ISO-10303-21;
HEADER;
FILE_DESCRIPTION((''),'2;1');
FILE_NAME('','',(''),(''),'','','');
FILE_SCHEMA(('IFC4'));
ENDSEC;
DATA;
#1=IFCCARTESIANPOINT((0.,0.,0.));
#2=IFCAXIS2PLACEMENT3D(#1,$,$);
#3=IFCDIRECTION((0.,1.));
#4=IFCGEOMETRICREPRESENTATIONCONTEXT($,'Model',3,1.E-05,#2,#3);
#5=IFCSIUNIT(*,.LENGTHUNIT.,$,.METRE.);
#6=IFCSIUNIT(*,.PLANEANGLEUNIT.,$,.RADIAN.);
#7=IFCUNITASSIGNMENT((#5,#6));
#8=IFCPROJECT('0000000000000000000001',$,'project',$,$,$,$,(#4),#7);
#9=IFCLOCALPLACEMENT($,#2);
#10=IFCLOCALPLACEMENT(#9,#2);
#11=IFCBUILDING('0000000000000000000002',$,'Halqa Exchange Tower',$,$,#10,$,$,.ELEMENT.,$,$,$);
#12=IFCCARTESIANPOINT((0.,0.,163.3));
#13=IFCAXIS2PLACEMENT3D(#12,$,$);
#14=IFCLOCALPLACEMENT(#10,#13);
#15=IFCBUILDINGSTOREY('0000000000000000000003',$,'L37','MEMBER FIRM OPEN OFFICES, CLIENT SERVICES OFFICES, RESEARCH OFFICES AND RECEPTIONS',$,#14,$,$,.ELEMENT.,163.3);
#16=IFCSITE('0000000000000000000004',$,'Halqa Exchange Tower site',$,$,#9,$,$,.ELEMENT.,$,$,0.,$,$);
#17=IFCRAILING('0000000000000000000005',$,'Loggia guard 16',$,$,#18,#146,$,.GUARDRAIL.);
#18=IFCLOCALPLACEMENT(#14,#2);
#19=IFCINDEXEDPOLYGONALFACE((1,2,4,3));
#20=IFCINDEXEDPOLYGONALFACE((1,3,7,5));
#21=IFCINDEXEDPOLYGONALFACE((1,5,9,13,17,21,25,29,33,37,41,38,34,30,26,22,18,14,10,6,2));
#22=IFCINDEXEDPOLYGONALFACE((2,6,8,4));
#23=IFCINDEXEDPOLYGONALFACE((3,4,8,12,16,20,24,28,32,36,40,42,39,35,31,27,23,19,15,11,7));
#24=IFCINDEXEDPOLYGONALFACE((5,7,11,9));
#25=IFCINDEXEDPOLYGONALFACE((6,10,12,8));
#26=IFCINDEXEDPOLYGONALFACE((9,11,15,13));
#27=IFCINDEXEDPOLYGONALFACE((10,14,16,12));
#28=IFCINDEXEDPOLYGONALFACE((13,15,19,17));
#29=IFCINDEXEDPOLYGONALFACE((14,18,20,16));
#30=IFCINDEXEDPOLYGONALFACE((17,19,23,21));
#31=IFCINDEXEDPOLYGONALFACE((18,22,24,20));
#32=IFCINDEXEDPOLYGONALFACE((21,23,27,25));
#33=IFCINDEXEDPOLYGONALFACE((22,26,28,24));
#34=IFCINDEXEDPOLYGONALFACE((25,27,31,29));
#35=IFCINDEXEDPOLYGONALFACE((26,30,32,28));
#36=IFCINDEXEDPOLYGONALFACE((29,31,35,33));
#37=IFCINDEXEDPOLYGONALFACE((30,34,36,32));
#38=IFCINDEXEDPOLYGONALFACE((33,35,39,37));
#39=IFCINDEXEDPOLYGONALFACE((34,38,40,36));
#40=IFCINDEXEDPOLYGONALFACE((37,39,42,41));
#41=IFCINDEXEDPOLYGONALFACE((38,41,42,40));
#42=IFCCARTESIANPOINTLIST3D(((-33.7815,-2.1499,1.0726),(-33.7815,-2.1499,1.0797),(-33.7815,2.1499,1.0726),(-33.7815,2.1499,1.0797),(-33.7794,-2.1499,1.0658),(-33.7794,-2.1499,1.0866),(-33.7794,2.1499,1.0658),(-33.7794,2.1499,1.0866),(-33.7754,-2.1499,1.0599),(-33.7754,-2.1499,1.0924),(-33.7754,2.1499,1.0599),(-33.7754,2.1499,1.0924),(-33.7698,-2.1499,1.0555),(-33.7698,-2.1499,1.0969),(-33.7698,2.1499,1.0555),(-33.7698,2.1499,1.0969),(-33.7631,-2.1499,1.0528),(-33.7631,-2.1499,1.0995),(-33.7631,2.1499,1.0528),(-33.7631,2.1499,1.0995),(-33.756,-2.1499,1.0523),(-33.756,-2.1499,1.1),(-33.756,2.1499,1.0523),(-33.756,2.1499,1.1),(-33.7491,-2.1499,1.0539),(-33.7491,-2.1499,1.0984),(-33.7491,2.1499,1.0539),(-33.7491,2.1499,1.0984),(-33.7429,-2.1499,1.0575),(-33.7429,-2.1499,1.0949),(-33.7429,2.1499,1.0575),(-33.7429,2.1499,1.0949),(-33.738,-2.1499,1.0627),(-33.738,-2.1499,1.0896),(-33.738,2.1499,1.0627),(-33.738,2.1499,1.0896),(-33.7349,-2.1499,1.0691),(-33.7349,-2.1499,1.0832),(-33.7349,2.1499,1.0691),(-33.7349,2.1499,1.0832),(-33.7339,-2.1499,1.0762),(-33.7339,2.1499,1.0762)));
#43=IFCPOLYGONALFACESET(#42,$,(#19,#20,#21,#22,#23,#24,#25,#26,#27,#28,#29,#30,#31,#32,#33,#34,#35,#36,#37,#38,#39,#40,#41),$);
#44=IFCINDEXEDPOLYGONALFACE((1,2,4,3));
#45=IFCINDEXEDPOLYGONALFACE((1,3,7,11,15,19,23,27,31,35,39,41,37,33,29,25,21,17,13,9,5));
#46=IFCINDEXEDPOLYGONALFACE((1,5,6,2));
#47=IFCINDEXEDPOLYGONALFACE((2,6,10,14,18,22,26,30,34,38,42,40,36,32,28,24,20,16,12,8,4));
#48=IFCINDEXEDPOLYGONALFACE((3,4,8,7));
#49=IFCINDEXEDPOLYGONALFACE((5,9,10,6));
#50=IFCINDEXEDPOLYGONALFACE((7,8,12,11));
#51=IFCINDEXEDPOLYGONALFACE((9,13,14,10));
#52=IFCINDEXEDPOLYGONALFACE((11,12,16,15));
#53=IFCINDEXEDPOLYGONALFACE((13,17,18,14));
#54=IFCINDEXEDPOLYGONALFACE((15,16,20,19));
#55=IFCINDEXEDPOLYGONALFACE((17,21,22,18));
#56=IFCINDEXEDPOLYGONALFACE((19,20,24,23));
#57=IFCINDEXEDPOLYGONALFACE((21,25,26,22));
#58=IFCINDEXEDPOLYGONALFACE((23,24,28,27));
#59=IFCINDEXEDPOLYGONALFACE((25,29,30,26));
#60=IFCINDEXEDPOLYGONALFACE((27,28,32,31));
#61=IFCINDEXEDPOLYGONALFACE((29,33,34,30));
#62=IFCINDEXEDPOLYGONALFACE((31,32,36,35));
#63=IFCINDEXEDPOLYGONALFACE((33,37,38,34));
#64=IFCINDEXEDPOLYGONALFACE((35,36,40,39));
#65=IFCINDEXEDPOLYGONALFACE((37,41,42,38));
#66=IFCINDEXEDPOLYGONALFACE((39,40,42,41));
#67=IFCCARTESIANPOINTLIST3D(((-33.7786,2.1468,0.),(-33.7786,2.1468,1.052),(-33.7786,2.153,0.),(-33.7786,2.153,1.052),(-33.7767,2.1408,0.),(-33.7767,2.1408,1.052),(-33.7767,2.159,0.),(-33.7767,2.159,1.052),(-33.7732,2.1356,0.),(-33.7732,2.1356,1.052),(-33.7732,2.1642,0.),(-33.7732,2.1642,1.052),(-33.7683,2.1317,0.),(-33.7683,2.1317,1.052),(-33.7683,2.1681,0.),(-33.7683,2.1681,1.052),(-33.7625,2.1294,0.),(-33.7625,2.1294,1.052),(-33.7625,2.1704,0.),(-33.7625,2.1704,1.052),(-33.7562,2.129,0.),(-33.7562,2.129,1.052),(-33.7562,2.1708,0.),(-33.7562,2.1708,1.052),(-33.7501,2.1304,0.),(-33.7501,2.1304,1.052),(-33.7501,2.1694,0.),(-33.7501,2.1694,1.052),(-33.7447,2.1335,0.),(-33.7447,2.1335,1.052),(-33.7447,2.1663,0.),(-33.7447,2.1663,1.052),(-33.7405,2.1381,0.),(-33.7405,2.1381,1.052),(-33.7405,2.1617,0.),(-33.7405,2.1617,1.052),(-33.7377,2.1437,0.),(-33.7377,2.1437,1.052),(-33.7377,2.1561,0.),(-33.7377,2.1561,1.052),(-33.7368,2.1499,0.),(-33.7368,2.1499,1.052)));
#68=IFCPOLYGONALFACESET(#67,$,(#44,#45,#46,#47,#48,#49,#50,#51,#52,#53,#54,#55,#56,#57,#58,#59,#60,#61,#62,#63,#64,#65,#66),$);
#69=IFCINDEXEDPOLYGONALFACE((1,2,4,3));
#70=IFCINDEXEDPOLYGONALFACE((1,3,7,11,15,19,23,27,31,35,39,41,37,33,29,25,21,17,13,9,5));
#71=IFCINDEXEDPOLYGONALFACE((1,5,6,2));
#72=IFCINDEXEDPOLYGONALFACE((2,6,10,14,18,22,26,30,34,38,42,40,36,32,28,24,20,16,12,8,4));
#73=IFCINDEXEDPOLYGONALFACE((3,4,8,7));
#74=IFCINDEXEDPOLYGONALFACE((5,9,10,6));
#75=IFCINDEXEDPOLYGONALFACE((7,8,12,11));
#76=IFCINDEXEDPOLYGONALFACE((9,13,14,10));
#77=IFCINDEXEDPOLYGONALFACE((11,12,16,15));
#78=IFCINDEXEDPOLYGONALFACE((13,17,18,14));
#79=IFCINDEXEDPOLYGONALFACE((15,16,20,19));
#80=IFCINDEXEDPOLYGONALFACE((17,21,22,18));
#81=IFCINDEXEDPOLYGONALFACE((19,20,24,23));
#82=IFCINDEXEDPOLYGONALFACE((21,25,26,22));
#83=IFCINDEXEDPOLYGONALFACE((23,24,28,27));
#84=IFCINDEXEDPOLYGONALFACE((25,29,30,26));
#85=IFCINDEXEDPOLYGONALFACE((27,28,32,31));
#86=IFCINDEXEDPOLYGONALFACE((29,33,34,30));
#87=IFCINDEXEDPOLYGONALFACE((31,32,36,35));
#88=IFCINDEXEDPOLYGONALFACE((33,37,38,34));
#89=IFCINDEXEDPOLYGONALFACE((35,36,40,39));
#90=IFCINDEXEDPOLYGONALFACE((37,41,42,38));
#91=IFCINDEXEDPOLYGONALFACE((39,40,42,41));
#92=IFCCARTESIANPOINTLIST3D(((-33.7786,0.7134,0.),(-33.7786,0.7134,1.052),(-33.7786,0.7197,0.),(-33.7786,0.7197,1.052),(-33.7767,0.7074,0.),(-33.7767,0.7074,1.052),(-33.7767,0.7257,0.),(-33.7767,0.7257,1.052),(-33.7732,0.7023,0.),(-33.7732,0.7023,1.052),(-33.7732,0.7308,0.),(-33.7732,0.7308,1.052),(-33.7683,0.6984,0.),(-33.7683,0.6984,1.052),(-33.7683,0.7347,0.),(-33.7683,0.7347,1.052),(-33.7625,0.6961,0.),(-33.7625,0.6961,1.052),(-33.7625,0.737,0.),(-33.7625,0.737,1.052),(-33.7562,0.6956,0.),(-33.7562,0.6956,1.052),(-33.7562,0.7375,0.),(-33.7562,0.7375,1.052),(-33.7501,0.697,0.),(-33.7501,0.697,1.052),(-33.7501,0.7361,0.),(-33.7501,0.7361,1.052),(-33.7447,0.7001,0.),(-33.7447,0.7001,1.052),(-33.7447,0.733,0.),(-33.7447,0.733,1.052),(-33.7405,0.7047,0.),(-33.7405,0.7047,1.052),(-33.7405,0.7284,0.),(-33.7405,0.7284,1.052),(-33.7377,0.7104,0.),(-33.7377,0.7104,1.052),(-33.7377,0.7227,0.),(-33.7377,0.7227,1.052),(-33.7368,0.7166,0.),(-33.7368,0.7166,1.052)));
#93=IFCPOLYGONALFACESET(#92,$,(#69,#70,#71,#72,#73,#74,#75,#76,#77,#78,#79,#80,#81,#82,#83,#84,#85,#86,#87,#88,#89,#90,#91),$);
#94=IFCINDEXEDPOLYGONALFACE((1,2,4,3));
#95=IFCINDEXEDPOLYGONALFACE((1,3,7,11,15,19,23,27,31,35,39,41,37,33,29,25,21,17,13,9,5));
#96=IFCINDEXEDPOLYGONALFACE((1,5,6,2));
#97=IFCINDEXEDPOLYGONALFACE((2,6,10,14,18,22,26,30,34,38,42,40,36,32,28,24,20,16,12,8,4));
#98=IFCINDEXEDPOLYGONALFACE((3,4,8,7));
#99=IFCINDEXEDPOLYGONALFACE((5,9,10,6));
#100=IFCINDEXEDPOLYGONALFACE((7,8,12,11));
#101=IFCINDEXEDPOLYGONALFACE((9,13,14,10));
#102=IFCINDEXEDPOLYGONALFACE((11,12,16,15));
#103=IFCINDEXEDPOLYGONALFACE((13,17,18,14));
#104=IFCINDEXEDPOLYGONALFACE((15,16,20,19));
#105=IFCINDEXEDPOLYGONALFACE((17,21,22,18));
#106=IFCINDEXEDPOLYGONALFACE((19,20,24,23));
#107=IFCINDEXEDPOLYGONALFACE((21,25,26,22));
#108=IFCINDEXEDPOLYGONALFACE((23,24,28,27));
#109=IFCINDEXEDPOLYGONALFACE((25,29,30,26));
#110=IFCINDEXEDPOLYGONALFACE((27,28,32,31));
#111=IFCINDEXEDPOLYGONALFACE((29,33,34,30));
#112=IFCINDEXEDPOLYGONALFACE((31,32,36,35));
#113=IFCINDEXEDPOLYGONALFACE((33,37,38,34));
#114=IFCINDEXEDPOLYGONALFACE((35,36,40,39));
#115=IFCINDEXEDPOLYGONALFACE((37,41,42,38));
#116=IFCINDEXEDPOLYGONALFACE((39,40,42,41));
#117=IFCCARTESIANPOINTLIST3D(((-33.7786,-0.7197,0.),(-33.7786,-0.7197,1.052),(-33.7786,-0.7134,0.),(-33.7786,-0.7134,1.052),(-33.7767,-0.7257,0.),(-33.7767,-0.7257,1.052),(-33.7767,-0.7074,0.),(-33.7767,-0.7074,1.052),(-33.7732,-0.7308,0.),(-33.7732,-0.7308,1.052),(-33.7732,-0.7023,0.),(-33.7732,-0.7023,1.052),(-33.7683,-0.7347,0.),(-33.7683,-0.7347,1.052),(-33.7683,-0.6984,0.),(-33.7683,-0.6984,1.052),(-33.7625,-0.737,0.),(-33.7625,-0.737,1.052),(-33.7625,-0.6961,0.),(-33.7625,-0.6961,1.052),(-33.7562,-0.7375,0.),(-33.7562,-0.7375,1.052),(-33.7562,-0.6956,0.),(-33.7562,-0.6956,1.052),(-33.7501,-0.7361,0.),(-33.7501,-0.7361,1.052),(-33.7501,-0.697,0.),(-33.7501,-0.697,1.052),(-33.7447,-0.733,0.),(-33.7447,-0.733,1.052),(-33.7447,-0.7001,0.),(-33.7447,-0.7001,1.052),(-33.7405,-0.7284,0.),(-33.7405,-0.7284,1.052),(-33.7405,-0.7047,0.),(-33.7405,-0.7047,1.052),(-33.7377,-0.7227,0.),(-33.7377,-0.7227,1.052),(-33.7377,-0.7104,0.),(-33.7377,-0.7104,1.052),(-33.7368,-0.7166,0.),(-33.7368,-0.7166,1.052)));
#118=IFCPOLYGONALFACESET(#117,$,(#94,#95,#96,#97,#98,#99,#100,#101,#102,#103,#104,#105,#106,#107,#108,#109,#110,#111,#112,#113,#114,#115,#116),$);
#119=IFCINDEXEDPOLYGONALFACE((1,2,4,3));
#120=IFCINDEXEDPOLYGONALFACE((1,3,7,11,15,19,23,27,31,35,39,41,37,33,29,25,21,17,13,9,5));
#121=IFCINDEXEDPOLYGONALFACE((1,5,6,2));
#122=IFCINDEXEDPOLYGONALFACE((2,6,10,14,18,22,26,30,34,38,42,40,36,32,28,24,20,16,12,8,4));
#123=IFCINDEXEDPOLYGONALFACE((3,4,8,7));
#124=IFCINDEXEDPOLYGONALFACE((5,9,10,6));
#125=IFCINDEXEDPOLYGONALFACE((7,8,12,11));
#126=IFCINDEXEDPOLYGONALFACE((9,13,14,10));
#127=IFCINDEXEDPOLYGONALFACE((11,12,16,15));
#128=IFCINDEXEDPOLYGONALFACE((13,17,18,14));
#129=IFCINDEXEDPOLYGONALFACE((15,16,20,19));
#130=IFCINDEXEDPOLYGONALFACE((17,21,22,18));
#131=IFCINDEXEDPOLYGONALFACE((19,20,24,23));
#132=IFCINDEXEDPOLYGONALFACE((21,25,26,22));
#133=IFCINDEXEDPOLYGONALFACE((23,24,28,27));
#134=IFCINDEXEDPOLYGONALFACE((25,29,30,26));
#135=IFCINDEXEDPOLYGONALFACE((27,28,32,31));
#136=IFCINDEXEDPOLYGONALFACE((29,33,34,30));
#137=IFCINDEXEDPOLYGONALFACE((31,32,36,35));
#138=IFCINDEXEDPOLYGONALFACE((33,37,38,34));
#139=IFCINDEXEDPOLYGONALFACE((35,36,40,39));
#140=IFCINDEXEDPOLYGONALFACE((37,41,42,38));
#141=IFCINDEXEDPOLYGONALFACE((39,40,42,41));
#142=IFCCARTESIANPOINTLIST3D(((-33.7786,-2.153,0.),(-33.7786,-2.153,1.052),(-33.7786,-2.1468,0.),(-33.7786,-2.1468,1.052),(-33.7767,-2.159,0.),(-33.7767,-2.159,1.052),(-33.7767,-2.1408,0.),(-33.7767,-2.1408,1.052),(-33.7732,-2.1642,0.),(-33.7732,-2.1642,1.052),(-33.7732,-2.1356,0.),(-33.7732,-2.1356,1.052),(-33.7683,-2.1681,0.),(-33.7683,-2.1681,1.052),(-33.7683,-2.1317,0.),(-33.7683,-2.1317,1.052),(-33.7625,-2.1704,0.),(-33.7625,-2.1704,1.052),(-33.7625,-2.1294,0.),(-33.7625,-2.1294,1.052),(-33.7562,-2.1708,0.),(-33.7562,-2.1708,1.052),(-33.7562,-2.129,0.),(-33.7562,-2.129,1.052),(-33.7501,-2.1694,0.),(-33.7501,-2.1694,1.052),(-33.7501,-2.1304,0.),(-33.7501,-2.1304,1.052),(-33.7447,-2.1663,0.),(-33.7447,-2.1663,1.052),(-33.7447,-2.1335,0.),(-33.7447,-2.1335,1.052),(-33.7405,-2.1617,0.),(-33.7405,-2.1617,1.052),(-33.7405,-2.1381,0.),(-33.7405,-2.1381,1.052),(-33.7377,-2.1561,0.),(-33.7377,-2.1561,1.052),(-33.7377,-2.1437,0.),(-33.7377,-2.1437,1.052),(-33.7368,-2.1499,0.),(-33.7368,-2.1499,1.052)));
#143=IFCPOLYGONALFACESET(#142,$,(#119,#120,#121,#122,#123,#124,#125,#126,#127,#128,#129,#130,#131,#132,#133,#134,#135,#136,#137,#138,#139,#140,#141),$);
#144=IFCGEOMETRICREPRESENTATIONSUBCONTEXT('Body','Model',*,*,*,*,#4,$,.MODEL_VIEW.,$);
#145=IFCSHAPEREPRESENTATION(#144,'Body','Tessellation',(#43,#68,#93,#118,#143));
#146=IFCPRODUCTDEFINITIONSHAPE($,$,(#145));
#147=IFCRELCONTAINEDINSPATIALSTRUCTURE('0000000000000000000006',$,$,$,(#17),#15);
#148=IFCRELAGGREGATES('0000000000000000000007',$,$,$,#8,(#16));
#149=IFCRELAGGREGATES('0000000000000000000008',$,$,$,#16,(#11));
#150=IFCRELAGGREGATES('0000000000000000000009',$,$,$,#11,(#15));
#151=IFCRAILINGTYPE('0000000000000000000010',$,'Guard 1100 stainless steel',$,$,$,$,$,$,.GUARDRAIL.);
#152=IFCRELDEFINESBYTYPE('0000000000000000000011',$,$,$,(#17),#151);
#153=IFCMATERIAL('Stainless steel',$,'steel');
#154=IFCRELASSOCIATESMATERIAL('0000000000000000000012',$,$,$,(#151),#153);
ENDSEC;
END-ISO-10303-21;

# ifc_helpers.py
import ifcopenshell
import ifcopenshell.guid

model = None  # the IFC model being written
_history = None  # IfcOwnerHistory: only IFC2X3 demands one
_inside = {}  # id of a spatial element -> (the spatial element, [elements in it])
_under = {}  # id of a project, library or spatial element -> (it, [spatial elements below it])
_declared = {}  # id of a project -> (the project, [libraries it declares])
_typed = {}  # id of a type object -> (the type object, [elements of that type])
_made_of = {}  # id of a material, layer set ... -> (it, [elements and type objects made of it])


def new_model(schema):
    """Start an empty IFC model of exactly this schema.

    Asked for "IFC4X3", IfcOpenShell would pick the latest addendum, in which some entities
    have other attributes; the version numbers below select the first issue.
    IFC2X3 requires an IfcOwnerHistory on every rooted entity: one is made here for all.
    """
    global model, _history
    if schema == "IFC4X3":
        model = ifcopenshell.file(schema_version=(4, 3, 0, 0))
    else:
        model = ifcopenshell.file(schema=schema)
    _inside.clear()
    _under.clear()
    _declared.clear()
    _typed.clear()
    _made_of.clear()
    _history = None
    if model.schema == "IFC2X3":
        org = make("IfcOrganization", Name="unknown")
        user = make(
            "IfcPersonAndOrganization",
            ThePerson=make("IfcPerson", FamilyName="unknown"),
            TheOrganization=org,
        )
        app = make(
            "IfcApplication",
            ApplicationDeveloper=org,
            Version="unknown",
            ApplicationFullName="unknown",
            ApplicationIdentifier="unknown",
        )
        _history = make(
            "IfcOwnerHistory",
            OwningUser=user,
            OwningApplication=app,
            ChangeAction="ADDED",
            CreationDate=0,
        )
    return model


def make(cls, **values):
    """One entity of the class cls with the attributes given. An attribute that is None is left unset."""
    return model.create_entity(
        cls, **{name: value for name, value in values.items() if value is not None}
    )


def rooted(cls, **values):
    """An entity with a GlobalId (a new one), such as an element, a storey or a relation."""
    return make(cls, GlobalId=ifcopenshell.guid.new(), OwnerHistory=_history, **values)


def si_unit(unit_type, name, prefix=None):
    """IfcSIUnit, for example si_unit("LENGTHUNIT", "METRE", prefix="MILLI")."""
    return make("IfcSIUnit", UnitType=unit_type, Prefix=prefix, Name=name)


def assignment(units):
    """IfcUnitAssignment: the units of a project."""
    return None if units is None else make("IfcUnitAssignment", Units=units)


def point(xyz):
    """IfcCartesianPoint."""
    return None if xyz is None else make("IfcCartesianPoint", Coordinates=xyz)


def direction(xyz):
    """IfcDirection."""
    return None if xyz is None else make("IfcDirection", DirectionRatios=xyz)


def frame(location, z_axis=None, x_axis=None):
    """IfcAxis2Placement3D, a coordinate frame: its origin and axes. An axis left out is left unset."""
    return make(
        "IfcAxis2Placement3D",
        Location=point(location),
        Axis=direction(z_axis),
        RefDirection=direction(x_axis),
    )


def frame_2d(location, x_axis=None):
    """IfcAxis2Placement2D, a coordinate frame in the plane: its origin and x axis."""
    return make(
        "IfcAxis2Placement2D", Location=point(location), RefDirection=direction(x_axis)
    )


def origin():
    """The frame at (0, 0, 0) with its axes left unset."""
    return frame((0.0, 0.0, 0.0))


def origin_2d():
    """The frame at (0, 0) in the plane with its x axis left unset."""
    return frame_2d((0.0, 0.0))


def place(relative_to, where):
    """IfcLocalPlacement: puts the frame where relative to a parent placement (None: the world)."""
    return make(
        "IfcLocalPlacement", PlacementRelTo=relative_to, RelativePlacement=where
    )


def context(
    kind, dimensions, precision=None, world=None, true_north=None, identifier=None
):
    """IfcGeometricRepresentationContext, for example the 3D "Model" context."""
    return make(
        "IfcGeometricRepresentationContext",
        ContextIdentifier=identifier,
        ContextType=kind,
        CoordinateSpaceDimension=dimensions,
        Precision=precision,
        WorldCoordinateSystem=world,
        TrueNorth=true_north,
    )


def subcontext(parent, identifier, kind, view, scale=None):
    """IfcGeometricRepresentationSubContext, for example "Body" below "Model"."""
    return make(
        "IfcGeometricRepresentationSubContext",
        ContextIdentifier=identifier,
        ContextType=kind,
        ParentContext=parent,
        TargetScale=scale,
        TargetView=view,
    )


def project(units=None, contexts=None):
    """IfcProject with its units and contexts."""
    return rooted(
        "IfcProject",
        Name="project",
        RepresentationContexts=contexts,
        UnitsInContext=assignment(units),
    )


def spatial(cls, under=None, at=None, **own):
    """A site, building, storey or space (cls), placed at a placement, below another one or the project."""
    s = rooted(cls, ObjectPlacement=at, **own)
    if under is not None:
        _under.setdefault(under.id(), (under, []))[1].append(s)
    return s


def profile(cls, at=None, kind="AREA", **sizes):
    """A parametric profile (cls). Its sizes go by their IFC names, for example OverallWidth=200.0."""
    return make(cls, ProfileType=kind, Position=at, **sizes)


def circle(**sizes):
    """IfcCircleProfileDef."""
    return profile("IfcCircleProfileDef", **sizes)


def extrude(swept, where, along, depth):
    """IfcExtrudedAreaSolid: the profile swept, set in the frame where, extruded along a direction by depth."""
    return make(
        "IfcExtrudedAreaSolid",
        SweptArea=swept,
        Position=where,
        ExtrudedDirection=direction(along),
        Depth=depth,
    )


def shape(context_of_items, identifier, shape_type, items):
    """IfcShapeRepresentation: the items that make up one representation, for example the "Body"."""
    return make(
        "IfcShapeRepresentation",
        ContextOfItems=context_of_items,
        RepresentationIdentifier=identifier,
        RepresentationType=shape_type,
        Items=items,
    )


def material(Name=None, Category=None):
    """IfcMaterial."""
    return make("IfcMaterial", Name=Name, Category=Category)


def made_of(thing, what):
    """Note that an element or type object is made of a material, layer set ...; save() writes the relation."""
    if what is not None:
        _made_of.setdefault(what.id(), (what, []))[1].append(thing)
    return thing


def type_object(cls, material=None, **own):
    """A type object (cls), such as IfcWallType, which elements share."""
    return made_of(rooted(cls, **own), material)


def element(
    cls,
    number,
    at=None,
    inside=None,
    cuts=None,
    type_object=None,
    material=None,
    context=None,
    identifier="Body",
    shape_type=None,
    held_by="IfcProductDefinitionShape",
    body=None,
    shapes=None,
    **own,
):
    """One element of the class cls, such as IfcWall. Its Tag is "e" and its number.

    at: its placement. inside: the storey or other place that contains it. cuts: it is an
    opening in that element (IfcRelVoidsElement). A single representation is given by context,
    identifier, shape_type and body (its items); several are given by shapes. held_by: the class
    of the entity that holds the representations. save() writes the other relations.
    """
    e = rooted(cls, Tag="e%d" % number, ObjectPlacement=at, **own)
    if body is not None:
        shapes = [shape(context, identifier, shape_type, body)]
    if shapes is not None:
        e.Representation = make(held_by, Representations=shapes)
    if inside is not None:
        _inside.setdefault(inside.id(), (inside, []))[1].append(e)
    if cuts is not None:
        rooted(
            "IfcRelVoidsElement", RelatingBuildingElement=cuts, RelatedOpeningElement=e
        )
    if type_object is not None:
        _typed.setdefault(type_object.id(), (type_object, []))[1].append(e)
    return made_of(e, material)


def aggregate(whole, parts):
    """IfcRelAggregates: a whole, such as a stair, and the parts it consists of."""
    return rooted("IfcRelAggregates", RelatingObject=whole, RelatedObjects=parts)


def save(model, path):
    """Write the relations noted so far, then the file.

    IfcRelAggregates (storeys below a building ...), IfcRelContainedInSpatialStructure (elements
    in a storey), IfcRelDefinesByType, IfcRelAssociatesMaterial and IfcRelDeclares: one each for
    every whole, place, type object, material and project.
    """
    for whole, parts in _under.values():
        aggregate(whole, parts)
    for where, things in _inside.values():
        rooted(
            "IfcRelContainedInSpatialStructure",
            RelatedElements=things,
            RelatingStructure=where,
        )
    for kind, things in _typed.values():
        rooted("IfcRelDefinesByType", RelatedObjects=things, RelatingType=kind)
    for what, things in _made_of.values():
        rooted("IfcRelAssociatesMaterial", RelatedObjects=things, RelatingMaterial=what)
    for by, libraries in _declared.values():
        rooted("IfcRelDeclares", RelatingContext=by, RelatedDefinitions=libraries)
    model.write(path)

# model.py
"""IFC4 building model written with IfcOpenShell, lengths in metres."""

from ifc_helpers import new_model, si_unit, direction, frame, origin, origin_2d, place, context, subcontext, project, spatial, circle, extrude, material, type_object, element, save


model = new_model("IFC4")

# Units and contexts
model_context = context("Model", 3, precision=1e-05, world=origin(), true_north=direction((0.0, 1.0)))
body_context = subcontext(model_context, "Body", "Model", "MODEL_VIEW")
ifc_project = project(units=[si_unit("LENGTHUNIT", "METRE"), si_unit("PLANEANGLEUNIT", "RADIAN")], contexts=[model_context])

# Site, building, storey
site_placement = place(None, origin())
site = spatial("IfcSite", under=ifc_project, at=site_placement, Name="Halqa Exchange Tower site", CompositionType="ELEMENT", RefElevation=0.0)
building_placement = place(site_placement, origin())
building = spatial("IfcBuilding", under=site, at=building_placement, Name="Halqa Exchange Tower", CompositionType="ELEMENT")
storey_placement = place(building_placement, frame((0.0, 0.0, 163.3)))
storey = spatial("IfcBuildingStorey", under=building, at=storey_placement, Name="L37", Description="MEMBER FIRM OPEN OFFICES, CLIENT SERVICES OFFICES, RESEARCH OFFICES AND RECEPTIONS", CompositionType="ELEMENT", Elevation=163.3)

# Railing
ifc_material_1 = material(Name="Stainless steel", Category="steel")
railing_type = type_object("IfcRailingType", Name="Guard 1100 stainless steel", PredefinedType="GUARDRAIL", material=ifc_material_1)
railing_1_placement = place(storey_placement, frame((-33.7578, 2.1499, 0.0)))
element("IfcRailing", 1, at=railing_1_placement, inside=storey, type_object=railing_type, Name="Loggia guard 16", PredefinedType="GUARDRAIL", context=body_context, shape_type="SweptSolid", body=[
    extrude(circle(Radius=0.0239, at=origin_2d()), frame((0.0, 0.0, 1.0762), z_axis=(0.0, -1.0, 0.0), x_axis=(1.0, 0.0, 0.0)), (0.0, 0.0, 1.0), 4.2998),
    extrude(circle(Radius=0.021, at=origin_2d()), origin(), (0.0, 0.0, 1.0), 1.052),
    extrude(circle(Radius=0.021, at=origin_2d()), frame((0.0, -1.4333, 0.0)), (0.0, 0.0, 1.0), 1.052),
    extrude(circle(Radius=0.021, at=origin_2d()), frame((0.0, -2.8665, 0.0)), (0.0, 0.0, 1.0), 1.052),
    extrude(circle(Radius=0.021, at=origin_2d()), frame((0.0, -4.2998, 0.0)), (0.0, 0.0, 1.0), 1.052),
])

save(model, "model.ifc")
